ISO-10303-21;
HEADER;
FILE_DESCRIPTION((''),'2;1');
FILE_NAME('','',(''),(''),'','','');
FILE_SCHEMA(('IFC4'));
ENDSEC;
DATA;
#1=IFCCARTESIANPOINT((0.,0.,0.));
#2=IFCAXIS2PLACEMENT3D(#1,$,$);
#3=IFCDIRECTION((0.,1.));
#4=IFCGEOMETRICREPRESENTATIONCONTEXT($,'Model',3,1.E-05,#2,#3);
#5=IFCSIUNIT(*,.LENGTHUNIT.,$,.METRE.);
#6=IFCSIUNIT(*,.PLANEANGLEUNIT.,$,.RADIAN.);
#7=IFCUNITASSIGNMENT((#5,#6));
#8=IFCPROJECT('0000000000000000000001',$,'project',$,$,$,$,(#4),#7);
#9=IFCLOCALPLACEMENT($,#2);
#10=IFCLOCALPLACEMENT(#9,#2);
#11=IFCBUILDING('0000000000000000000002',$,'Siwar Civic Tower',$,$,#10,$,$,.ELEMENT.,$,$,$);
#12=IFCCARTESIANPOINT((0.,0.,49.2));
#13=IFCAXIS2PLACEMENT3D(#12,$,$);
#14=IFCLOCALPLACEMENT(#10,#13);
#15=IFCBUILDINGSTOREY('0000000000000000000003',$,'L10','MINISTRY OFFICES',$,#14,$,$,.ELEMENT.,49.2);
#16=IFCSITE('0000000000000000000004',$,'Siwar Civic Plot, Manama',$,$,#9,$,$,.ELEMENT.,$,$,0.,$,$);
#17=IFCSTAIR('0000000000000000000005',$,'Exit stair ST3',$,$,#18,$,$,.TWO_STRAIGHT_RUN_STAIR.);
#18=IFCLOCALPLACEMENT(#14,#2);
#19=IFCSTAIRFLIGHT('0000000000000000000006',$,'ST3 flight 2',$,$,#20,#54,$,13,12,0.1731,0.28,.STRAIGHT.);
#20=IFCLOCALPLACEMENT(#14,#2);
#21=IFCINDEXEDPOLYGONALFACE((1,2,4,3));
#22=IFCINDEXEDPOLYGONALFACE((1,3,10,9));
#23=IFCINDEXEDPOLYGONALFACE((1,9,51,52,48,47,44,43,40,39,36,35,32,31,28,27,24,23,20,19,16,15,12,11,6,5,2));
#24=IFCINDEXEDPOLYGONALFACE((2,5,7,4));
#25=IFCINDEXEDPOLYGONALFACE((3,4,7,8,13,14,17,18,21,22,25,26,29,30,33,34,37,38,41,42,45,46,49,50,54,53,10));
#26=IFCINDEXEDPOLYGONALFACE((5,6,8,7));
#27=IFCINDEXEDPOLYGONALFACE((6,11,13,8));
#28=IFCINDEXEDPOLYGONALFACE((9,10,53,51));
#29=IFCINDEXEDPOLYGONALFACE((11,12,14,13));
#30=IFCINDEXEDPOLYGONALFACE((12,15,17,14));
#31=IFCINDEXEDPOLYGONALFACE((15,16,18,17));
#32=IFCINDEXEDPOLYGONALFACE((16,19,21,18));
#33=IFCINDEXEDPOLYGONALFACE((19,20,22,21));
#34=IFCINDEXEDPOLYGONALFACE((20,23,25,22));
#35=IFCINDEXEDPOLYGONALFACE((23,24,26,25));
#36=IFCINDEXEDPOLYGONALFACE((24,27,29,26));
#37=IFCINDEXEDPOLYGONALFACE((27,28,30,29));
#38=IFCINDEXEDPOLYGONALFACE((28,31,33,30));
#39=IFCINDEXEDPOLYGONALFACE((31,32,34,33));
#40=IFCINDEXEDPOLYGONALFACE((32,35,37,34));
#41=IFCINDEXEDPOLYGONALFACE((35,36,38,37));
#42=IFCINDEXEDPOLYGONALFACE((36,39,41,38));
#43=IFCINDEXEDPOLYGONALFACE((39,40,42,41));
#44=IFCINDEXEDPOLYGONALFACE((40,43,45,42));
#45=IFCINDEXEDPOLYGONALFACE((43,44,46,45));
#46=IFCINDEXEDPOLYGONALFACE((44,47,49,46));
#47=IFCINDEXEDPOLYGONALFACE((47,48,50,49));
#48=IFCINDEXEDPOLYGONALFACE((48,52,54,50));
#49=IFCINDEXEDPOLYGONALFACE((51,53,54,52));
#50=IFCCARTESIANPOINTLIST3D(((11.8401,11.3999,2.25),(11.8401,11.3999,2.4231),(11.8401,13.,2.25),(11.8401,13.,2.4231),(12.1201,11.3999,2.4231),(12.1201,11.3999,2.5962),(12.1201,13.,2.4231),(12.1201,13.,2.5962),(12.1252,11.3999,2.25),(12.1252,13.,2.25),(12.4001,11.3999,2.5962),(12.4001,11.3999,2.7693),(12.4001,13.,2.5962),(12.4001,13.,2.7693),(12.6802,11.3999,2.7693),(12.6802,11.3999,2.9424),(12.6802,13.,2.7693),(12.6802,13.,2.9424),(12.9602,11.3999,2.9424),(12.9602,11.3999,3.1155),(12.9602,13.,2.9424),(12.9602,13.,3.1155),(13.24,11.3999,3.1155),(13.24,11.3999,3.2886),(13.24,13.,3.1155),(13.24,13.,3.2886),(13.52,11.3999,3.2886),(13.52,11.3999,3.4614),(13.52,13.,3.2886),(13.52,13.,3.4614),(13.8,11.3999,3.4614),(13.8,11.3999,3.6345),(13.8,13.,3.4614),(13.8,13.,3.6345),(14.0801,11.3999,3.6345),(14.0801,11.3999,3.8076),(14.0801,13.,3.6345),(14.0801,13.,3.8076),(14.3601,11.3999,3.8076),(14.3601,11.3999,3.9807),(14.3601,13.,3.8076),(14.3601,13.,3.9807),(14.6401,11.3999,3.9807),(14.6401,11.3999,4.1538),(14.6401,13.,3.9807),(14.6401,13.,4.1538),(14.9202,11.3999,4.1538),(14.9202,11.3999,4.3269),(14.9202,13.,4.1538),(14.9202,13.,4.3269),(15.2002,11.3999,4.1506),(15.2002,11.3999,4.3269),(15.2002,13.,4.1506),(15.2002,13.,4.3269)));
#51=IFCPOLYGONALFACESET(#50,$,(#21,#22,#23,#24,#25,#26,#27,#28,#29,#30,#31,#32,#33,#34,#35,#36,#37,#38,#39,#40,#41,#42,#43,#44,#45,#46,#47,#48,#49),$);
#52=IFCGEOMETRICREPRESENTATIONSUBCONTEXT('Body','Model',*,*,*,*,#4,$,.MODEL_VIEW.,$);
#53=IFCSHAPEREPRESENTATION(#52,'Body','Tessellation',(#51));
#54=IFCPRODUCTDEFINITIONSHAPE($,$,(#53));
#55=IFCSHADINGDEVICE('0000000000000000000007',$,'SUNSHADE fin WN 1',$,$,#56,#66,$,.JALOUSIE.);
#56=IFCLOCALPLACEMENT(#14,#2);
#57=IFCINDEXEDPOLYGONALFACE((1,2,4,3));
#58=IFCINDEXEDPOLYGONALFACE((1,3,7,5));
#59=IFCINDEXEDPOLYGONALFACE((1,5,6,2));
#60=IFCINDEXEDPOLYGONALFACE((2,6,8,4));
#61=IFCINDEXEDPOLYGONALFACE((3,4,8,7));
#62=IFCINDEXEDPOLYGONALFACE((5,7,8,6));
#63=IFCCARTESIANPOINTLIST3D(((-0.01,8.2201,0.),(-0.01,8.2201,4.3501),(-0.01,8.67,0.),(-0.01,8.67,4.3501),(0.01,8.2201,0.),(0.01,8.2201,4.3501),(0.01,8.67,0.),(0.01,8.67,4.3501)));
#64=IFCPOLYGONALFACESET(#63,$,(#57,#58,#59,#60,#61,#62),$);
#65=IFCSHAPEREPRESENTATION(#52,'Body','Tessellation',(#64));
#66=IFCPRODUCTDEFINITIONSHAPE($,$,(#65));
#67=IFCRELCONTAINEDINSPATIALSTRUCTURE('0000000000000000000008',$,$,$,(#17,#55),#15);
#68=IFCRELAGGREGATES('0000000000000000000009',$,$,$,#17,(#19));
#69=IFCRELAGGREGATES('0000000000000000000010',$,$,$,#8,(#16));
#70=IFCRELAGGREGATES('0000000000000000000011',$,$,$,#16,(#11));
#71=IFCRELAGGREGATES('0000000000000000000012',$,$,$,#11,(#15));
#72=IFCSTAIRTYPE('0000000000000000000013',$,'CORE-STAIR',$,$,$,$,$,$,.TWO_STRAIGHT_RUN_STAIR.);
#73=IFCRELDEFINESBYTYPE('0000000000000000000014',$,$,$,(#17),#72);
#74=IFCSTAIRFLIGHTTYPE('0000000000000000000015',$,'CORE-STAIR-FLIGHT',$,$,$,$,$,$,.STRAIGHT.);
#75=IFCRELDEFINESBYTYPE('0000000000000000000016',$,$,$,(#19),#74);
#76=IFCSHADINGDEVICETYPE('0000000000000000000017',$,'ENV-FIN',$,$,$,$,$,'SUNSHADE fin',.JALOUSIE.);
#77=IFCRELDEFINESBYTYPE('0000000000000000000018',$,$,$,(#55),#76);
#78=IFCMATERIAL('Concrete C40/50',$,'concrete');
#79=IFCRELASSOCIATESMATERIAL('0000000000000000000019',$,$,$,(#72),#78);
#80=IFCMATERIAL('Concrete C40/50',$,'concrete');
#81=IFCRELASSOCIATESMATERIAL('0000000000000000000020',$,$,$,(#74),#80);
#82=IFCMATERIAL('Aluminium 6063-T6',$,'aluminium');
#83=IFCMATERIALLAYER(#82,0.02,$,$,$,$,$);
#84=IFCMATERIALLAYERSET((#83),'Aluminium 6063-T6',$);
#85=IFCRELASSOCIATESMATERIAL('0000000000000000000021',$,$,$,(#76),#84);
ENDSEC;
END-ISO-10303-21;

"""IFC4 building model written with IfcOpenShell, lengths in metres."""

from ifc_helpers import new_model, si_unit, direction, frame, origin, origin_2d, place, context, subcontext, project, spatial, polyline, rectangle, outline, extrude, material, layer, layer_set, type_object, element, aggregate, save


model = new_model("IFC4")

# Units and contexts
model_context = context("Model", 3, precision=1e-05, world=origin(), true_north=direction((0.0, 1.0)))
body_context = subcontext(model_context, "Body", "Model", "MODEL_VIEW")
ifc_project = project(units=[si_unit("LENGTHUNIT", "METRE"), si_unit("PLANEANGLEUNIT", "RADIAN")], contexts=[model_context])

# Site, building, storey
site_placement = place(None, origin())
site = spatial("IfcSite", under=ifc_project, at=site_placement, Name="Siwar Civic Plot, Manama", CompositionType="ELEMENT", RefElevation=0.0)
building_placement = place(site_placement, origin())
building = spatial("IfcBuilding", under=site, at=building_placement, Name="Siwar Civic Tower", CompositionType="ELEMENT")
storey_placement = place(building_placement, frame((0.0, 0.0, 49.2)))
storey = spatial("IfcBuildingStorey", under=building, at=storey_placement, Name="L10", Description="MINISTRY OFFICES", CompositionType="ELEMENT", Elevation=49.2)

# Stair
ifc_material_1 = material(Name="Concrete C40/50", Category="concrete")
stair_type = type_object("IfcStairType", Name="CORE-STAIR", PredefinedType="TWO_STRAIGHT_RUN_STAIR", material=ifc_material_1)
stair_1_placement = place(storey_placement, origin())
stair_1 = element("IfcStair", 1, at=stair_1_placement, inside=storey, type_object=stair_type, Name="Exit stair ST3", PredefinedType="TWO_STRAIGHT_RUN_STAIR")

# Stair flight
ifc_material_2 = material(Name="Concrete C40/50", Category="concrete")
stair_flight_type = type_object("IfcStairFlightType", Name="CORE-STAIR-FLIGHT", PredefinedType="STRAIGHT", material=ifc_material_2)
stair_flight_1_placement = place(storey_placement, frame((11.8401, 12.2, 2.25), z_axis=(0.0, 0.0, 1.0), x_axis=(1.0, 0.0, 0.0)))
stair_flight_1 = element("IfcStairFlight", 2, at=stair_flight_1_placement, type_object=stair_flight_type, Name="ST3 flight 2", NumberOfRisers=13, NumberOfTreads=12, PredefinedType="STRAIGHT", RiserHeight=0.1731, TreadLength=0.28, context=body_context, shape_type="SweptSolid", body=[
    extrude(outline(polyline([(0.0, 0.0), (0.0, 0.1731), (0.28, 0.1731), (0.28, 0.3462), (0.5601, 0.3462), (0.5601, 0.5193), (0.8401, 0.5193), (0.8401, 0.6924), (1.1201, 0.6924), (1.1201, 0.8655), (1.3999, 0.8655), (1.3999, 1.0386), (1.6799, 1.0386), (1.6799, 1.2114), (1.96, 1.2114), (1.96, 1.3845), (2.24, 1.3845), (2.24, 1.5576), (2.52, 1.5576), (2.52, 1.7307), (2.8, 1.7307), (2.8, 1.9038), (3.0801, 1.9038), (3.0801, 2.0769), (3.3601, 2.0769), (3.3601, 2.25), (3.3601, 1.9006), (0.2852, 0.0), (0.0, 0.0)])), frame((0.0, 0.8, 0.0), z_axis=(0.0, -1.0, 0.0), x_axis=(1.0, 0.0, 0.0)), (0.0, 0.0, 1.0), 1.6001),
])
aggregate(stair_1, [stair_flight_1])

# Shading device
ifc_material_3 = material(Name="Aluminium 6063-T6", Category="aluminium")
ifc_layer_1 = layer(ifc_material_3, 0.02)
ifc_layer_set_1 = layer_set([ifc_layer_1], Name="Aluminium 6063-T6")
shading_device_type = type_object("IfcShadingDeviceType", Name="ENV-FIN", ElementType="SUNSHADE fin", PredefinedType="JALOUSIE", material=ifc_layer_set_1)
shading_device_placement = place(storey_placement, frame((0.0, 8.4451, 0.0), z_axis=(0.0, 0.0, 1.0), x_axis=(-1.0, 0.0, 0.0)))
element("IfcShadingDevice", 3, at=shading_device_placement, inside=storey, type_object=shading_device_type, Name="SUNSHADE fin WN 1", PredefinedType="JALOUSIE", context=body_context, shape_type="SweptSolid", body=[
    extrude(rectangle(XDim=0.02, YDim=0.45, at=origin_2d()), origin(), (0.0, 0.0, 1.0), 4.3501),
])

save(model, "model.ifc")
